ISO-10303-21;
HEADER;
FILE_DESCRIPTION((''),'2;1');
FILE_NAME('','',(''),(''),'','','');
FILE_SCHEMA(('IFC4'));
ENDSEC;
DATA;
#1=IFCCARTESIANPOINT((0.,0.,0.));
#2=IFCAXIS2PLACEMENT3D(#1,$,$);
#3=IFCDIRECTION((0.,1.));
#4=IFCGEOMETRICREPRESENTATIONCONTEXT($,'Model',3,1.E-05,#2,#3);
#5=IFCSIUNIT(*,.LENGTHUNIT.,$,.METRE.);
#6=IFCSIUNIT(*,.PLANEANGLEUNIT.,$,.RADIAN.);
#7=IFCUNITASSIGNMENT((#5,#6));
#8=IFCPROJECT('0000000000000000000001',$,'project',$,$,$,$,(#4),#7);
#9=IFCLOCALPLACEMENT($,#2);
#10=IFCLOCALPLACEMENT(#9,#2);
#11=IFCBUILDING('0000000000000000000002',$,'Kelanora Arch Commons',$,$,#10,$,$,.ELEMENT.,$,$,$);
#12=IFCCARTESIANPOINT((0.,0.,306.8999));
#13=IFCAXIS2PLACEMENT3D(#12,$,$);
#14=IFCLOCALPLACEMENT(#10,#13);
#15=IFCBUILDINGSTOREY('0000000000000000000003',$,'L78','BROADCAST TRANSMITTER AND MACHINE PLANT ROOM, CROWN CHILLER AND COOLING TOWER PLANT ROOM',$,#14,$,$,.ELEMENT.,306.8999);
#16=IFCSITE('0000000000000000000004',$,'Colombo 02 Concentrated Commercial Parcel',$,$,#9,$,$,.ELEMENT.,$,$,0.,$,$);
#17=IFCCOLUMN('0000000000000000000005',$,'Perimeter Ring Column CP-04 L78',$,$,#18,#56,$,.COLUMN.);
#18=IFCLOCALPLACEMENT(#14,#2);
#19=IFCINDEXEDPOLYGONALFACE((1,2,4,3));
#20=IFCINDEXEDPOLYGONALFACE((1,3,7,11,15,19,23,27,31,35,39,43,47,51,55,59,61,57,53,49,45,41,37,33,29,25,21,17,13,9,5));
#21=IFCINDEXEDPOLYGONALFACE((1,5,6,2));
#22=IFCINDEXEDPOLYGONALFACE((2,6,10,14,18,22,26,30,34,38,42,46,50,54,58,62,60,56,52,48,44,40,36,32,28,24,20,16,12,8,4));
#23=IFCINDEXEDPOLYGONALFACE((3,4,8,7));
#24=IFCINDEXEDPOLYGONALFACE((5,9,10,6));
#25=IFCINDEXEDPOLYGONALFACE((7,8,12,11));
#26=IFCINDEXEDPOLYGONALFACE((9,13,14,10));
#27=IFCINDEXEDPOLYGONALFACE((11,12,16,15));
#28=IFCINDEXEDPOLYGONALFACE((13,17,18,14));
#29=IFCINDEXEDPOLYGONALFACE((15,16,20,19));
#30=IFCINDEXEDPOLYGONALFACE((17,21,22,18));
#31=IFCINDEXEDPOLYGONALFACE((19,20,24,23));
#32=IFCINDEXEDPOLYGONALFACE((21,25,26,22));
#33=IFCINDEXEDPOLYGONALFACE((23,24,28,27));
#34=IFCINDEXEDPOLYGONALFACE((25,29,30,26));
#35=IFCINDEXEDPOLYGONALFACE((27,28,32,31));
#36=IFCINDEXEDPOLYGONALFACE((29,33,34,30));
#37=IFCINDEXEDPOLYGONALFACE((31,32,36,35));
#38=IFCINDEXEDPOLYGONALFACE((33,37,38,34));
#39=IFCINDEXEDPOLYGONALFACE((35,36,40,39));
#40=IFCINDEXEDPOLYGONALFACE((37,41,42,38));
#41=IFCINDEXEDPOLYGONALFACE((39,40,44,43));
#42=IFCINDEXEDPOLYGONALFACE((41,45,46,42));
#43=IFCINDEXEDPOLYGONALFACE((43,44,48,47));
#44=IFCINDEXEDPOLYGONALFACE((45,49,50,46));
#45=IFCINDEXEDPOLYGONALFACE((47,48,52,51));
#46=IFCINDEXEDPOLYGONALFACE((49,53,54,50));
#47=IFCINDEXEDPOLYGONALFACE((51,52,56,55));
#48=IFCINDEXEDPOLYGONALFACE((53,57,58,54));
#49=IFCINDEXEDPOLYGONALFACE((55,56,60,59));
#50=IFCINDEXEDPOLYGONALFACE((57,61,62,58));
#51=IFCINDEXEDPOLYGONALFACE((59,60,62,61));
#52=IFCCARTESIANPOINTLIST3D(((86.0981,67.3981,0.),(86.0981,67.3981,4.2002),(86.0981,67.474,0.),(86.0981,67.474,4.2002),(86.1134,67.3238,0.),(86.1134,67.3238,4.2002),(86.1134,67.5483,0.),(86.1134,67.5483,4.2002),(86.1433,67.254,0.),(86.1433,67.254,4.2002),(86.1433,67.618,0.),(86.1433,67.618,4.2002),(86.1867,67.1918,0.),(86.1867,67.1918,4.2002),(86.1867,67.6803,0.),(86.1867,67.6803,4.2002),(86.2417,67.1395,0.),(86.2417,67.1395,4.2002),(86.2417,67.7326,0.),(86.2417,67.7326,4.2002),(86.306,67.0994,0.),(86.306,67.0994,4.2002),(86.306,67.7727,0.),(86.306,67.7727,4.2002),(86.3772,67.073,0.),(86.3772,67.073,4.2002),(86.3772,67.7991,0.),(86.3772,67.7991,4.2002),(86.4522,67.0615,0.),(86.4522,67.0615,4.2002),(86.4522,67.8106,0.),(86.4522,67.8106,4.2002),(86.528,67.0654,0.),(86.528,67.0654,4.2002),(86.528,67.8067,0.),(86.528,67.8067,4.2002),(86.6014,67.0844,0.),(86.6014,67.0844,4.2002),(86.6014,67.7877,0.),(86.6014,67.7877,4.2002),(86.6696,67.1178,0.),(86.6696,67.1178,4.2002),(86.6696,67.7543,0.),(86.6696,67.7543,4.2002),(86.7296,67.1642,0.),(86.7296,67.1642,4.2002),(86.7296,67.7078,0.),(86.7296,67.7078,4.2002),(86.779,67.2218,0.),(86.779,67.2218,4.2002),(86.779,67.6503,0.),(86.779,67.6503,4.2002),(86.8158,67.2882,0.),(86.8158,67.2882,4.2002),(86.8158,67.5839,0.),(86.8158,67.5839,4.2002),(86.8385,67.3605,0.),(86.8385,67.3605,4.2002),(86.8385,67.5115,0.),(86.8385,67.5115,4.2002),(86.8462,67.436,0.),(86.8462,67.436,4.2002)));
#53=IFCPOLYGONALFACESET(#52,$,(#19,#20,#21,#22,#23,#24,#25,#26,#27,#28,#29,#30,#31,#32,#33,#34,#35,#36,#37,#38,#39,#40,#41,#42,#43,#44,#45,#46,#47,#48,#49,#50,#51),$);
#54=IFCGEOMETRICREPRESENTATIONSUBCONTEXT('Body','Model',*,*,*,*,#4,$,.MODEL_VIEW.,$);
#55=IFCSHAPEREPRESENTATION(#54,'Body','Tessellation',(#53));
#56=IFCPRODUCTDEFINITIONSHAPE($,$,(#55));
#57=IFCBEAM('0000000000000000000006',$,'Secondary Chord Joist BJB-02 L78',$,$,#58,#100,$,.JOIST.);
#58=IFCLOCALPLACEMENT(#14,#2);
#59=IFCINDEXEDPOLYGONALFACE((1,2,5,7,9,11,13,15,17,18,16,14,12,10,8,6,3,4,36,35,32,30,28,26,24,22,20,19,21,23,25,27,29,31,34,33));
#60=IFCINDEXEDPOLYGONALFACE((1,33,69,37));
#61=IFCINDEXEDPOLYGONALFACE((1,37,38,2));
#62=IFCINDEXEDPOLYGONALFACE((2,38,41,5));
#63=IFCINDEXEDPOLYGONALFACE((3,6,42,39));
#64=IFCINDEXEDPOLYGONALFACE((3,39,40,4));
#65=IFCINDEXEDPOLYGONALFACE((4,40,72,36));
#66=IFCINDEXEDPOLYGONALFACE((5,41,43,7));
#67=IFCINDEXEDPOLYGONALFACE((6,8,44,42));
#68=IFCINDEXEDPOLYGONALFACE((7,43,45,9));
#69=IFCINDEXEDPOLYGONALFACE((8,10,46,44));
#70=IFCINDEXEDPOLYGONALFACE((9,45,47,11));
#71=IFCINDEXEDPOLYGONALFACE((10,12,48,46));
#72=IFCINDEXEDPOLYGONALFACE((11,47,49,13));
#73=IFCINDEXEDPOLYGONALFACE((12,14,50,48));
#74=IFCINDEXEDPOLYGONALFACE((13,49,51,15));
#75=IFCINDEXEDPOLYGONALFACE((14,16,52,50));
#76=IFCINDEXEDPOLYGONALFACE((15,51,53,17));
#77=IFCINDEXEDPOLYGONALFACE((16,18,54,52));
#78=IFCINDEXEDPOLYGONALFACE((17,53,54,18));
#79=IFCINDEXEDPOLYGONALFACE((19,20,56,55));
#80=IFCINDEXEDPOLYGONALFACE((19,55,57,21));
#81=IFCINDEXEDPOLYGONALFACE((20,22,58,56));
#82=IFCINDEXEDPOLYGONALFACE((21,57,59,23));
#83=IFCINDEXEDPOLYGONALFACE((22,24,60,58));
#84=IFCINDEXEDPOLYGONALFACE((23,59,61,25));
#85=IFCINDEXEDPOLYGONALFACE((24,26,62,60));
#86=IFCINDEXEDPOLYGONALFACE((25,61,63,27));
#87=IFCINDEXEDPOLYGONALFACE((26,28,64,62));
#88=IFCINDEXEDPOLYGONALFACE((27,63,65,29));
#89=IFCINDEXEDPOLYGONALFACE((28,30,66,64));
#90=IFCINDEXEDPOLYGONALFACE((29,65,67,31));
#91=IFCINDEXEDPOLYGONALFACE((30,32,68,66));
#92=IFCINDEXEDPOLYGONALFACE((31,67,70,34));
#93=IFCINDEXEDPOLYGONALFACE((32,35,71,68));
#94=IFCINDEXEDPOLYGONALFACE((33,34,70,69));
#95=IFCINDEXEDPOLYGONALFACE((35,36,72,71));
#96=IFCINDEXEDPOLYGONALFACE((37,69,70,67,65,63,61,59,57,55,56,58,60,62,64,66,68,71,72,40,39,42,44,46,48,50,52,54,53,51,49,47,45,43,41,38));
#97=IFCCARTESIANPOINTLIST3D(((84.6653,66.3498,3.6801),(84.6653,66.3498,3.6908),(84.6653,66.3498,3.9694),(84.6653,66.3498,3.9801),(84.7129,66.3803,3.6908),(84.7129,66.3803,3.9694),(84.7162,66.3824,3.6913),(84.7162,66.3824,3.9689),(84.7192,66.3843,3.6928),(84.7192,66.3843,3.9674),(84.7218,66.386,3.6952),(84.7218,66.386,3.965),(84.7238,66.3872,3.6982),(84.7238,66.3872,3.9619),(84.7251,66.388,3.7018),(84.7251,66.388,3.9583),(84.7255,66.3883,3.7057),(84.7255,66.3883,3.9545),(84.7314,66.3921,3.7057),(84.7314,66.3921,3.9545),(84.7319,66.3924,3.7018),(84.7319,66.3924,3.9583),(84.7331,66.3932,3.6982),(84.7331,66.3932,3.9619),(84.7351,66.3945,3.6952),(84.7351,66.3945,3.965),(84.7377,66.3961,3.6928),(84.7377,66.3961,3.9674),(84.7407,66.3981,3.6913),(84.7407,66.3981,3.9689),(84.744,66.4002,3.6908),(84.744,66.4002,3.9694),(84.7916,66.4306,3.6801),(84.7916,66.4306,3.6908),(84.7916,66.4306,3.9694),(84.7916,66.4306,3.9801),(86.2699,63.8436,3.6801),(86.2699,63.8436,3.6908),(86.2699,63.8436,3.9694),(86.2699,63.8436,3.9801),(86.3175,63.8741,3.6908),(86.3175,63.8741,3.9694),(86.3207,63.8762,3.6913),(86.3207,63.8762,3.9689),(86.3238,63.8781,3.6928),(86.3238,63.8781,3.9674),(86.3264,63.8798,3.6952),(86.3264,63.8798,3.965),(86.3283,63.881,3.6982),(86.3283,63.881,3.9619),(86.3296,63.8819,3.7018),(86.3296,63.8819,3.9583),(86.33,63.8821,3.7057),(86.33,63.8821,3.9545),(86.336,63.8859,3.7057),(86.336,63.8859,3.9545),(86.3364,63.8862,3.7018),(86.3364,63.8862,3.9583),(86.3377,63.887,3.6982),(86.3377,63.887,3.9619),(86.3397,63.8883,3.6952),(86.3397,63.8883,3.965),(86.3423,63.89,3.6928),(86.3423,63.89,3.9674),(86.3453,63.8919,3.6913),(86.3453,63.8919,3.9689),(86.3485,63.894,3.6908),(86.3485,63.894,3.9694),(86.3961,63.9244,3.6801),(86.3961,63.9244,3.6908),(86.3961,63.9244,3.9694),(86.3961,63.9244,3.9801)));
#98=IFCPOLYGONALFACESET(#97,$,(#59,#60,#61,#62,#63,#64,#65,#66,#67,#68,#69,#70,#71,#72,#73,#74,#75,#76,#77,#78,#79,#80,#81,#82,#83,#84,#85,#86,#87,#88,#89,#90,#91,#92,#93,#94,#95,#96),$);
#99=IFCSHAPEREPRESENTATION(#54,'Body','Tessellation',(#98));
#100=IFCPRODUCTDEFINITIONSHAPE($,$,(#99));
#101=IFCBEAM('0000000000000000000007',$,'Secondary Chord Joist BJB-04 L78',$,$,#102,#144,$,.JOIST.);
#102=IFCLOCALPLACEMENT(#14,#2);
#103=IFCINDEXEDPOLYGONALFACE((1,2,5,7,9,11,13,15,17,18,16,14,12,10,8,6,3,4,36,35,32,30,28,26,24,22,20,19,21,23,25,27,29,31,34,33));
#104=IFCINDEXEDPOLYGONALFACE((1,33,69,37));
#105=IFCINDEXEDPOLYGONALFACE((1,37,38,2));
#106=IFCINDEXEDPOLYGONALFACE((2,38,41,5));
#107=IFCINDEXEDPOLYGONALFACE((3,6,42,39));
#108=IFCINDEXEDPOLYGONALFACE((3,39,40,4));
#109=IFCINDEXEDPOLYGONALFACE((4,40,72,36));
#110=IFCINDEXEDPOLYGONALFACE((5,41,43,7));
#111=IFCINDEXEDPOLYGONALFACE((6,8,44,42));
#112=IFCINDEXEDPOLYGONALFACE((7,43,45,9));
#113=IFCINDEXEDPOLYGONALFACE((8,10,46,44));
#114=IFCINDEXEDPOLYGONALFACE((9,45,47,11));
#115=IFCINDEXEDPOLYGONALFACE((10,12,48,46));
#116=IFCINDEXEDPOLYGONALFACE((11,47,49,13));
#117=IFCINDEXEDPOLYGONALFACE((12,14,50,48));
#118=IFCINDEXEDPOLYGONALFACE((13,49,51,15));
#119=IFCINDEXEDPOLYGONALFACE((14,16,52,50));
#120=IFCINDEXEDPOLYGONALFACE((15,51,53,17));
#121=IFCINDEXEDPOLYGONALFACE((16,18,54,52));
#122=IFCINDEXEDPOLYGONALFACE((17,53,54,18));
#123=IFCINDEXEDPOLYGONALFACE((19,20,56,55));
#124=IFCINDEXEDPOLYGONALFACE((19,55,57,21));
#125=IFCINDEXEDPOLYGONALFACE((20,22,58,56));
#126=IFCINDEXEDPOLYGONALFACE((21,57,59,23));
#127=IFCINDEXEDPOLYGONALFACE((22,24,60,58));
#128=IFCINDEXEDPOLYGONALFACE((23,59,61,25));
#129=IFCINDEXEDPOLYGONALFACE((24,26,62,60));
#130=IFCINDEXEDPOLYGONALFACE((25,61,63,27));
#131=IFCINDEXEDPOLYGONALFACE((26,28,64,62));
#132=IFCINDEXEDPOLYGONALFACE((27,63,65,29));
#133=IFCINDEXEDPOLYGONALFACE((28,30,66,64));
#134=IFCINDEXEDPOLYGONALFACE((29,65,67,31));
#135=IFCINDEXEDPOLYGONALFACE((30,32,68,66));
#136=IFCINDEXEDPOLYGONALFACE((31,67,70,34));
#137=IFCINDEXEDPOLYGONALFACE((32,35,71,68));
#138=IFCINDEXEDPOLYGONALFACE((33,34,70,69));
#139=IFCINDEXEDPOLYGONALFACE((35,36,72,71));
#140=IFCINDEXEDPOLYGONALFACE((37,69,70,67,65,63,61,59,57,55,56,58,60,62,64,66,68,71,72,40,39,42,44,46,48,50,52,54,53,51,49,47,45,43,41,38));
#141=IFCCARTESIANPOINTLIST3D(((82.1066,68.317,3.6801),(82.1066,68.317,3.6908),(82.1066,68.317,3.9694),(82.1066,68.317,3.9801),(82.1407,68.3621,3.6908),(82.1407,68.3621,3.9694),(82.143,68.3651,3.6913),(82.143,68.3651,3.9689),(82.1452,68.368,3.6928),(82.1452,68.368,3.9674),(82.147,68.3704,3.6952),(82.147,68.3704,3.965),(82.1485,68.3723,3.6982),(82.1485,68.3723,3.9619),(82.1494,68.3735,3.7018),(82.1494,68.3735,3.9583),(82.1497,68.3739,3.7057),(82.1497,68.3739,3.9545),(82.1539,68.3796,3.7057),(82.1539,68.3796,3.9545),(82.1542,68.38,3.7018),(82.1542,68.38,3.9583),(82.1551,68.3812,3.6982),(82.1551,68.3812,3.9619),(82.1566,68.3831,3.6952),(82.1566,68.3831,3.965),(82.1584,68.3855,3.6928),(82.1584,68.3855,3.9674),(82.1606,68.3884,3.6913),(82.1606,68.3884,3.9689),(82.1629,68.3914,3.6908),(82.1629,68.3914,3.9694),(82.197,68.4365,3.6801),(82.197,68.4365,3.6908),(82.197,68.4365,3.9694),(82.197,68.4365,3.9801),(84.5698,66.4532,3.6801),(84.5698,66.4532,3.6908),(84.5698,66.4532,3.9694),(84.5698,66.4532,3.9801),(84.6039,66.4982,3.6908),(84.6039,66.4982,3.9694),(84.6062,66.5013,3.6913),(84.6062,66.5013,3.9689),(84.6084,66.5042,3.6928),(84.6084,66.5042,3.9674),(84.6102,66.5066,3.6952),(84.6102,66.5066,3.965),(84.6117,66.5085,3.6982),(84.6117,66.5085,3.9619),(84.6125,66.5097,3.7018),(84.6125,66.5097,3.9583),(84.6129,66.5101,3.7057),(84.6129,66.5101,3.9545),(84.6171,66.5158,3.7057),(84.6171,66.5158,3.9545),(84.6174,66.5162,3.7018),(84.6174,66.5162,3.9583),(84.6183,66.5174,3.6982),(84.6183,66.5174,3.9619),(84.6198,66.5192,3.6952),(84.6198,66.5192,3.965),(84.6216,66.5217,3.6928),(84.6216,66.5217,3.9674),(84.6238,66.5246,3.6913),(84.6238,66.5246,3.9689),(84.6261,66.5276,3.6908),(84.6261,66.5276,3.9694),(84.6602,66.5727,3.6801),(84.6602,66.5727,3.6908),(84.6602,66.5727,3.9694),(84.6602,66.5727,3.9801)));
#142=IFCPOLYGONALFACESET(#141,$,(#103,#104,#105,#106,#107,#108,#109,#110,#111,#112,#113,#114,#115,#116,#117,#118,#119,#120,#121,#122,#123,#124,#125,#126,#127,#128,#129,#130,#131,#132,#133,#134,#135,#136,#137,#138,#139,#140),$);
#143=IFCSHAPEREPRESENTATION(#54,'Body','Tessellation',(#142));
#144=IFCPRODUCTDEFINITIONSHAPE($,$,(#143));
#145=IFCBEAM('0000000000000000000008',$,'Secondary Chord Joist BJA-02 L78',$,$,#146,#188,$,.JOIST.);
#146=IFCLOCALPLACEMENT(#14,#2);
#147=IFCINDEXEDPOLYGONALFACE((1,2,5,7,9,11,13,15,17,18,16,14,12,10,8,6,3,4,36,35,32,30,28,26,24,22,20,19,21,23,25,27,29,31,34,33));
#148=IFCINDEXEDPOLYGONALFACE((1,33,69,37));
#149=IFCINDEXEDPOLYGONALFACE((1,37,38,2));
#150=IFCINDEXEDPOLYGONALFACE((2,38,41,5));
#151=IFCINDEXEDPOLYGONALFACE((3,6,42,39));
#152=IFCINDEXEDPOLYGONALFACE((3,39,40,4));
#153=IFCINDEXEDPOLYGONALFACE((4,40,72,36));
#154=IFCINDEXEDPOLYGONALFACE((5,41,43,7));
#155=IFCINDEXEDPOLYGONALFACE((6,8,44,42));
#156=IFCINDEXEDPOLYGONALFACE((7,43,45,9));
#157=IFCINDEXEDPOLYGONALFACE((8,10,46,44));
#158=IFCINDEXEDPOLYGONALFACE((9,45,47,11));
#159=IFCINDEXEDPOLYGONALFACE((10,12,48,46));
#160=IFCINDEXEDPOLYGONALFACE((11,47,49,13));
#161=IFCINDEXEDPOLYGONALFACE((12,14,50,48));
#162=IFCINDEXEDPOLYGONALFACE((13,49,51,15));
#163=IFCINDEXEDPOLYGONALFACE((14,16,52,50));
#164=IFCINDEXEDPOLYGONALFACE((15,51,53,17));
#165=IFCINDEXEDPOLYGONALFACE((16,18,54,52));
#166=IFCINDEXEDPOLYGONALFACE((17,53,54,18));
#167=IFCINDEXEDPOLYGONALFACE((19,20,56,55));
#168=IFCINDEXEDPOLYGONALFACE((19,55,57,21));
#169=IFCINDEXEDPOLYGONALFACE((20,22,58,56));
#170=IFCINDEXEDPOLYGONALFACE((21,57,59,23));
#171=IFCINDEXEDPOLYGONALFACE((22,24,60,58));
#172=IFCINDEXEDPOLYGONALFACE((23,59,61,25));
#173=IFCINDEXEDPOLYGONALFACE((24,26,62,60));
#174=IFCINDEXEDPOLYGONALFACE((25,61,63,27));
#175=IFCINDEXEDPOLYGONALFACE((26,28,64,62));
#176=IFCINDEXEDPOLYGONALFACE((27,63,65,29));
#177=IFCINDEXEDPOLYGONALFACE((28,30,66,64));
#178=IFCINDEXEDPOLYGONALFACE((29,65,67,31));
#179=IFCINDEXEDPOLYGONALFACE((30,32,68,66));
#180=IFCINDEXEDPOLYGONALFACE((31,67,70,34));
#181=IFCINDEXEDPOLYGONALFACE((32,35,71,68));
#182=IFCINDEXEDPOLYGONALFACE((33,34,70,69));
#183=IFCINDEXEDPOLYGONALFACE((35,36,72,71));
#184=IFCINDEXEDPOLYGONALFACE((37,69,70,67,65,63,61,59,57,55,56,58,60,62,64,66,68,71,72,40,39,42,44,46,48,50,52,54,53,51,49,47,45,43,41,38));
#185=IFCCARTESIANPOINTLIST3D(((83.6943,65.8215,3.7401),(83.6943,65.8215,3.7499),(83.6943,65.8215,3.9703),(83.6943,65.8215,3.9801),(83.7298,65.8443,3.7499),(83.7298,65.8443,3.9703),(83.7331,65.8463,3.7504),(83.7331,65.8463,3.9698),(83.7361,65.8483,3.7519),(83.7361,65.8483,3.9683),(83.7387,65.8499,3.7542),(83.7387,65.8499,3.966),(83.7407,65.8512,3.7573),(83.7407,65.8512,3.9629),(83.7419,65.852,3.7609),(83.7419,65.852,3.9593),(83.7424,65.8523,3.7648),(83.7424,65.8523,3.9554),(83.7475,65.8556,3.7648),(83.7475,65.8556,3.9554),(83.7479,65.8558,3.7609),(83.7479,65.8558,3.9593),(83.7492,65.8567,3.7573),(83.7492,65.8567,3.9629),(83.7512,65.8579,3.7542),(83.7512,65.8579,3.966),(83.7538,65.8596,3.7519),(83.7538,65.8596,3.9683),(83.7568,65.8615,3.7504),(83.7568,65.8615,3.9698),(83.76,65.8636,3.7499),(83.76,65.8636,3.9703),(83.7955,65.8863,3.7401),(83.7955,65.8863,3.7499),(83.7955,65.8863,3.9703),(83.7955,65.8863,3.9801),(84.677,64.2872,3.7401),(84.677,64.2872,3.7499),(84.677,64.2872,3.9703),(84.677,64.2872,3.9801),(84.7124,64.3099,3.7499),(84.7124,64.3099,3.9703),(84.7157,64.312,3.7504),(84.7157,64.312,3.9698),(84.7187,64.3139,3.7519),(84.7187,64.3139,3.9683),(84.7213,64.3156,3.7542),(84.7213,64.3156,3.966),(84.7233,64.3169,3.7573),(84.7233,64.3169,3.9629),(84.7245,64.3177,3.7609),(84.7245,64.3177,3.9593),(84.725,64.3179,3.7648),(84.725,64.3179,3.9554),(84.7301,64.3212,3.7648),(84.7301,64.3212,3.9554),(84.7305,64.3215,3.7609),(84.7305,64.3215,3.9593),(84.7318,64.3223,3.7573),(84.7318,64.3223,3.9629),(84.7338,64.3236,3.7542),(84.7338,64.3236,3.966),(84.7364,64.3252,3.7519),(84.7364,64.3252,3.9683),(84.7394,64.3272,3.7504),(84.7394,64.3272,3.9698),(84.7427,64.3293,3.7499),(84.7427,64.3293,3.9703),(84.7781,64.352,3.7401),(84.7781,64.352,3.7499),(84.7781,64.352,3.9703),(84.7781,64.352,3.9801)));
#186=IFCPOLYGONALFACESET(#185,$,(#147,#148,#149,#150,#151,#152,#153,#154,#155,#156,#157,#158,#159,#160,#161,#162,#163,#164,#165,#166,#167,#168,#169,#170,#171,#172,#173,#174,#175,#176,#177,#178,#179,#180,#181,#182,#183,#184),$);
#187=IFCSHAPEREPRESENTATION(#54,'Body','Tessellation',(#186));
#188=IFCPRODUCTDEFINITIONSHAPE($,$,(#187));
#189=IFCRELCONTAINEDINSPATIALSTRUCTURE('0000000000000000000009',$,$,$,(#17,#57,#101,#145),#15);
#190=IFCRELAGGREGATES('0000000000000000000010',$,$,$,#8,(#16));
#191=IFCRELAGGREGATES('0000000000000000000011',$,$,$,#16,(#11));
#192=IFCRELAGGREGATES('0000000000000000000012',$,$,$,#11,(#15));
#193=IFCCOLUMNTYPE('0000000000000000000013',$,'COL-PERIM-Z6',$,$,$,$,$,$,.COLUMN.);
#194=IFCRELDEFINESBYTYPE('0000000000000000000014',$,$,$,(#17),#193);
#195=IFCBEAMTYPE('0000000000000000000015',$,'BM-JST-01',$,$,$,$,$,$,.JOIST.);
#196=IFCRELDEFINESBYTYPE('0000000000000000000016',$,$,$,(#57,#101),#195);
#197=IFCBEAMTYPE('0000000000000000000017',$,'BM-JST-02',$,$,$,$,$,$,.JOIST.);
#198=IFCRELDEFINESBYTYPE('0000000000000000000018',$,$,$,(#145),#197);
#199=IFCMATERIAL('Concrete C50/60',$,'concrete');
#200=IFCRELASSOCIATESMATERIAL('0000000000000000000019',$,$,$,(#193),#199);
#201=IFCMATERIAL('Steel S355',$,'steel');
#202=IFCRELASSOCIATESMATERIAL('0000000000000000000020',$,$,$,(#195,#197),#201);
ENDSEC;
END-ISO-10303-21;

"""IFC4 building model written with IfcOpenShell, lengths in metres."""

from ifc_helpers import new_model, si_unit, direction, frame, origin, origin_2d, place, context, subcontext, project, spatial, circle, i_section, extrude, material, material_profile, profile_set, type_object, element, save


model = new_model("IFC4")

# Units and contexts
model_context = context("Model", 3, precision=1e-05, world=origin(), true_north=direction((0.0, 1.0)))
body_context = subcontext(model_context, "Body", "Model", "MODEL_VIEW")
ifc_project = project(units=[si_unit("LENGTHUNIT", "METRE"), si_unit("PLANEANGLEUNIT", "RADIAN")], contexts=[model_context])

# Site, building, storey
site_placement = place(None, origin())
site = spatial("IfcSite", under=ifc_project, at=site_placement, Name="Colombo 02 Concentrated Commercial Parcel", CompositionType="ELEMENT", RefElevation=0.0)
building_placement = place(site_placement, origin())
building = spatial("IfcBuilding", under=site, at=building_placement, Name="Kelanora Arch Commons", CompositionType="ELEMENT")
storey_placement = place(building_placement, frame((0.0, 0.0, 306.8999)))
storey = spatial("IfcBuildingStorey", under=building, at=storey_placement, Name="L78", Description="BROADCAST TRANSMITTER AND MACHINE PLANT ROOM, CROWN CHILLER AND COOLING TOWER PLANT ROOM", CompositionType="ELEMENT", Elevation=306.8999)

# Column
ifc_material_1 = material(Name="Concrete C50/60", Category="concrete")
ifc_material_profile_1 = material_profile(ifc_material_1, circle(Radius=0.375, at=origin_2d()), Name="RCC750")
ifc_profile_set_1 = profile_set([ifc_material_profile_1], Name="Concrete C50/60")
column_type = type_object("IfcColumnType", Name="COL-PERIM-Z6", PredefinedType="COLUMN", material=ifc_profile_set_1)
column_placement = place(storey_placement, frame((86.4712, 67.436, 0.0), z_axis=(0.0, 0.0, 1.0), x_axis=(1.0, 0.0, 0.0)))
element("IfcColumn", 1, at=column_placement, inside=storey, type_object=column_type, Name="Perimeter Ring Column CP-04 L78", PredefinedType="COLUMN", context=body_context, shape_type="SweptSolid", body=[
    extrude(circle(Radius=0.375, at=origin_2d()), origin(), (0.0, 0.0, 1.0), 4.2002),
])

# Beams
ifc_material_2 = material(Name="Steel S355", Category="steel")
ifc_material_profile_2 = material_profile(ifc_material_2, i_section(OverallWidth=0.1499, OverallDepth=0.3, WebThickness=0.0071, FlangeThickness=0.0107, FilletRadius=0.0149, at=origin_2d()), Name="IPE300")
ifc_profile_set_2 = profile_set([ifc_material_profile_2], Name="Steel S355")
beam_type_1 = type_object("IfcBeamType", Name="BM-JST-01", PredefinedType="JOIST", material=ifc_profile_set_2)
beam_1_placement = place(storey_placement, frame((86.333, 63.884, 3.8301), z_axis=(-0.539193, 0.842182, 0.0), x_axis=(-0.842182, -0.539193, 0.0)))
element("IfcBeam", 2, at=beam_1_placement, inside=storey, type_object=beam_type_1, Name="Secondary Chord Joist BJB-02 L78", PredefinedType="JOIST", context=body_context, shape_type="SweptSolid", body=[
    extrude(i_section(OverallWidth=0.1499, OverallDepth=0.3, WebThickness=0.0071, FlangeThickness=0.0107, FilletRadius=0.0149, at=origin_2d()), origin(), (0.0, 0.0, 1.0), 2.9758),
])
beam_2_placement = place(storey_placement, frame((84.615, 66.5129, 3.8301), z_axis=(-0.797441, 0.603396, 0.0), x_axis=(-0.603396, -0.797441, 0.0)))
element("IfcBeam", 3, at=beam_2_placement, inside=storey, type_object=beam_type_1, Name="Secondary Chord Joist BJB-04 L78", PredefinedType="JOIST", context=body_context, shape_type="SweptSolid", body=[
    extrude(i_section(OverallWidth=0.1499, OverallDepth=0.3, WebThickness=0.0071, FlangeThickness=0.0107, FilletRadius=0.0149, at=origin_2d()), origin(), (0.0, 0.0, 1.0), 3.0889),
])
ifc_material_profile_3 = material_profile(ifc_material_2, i_section(OverallWidth=0.1201, OverallDepth=0.24, WebThickness=0.0061, FlangeThickness=0.0098, FilletRadius=0.0149, at=origin_2d()), Name="IPE240")
ifc_profile_set_3 = profile_set([ifc_material_profile_3], Name="Steel S355")
beam_type_2 = type_object("IfcBeamType", Name="BM-JST-02", PredefinedType="JOIST", material=ifc_profile_set_3)
beam_3_placement = place(storey_placement, frame((84.7275, 64.3196, 3.8601), z_axis=(-0.539301, 0.842113, 0.0), x_axis=(-0.842113, -0.539301, 0.0)))
element("IfcBeam", 4, at=beam_3_placement, inside=storey, type_object=beam_type_2, Name="Secondary Chord Joist BJA-02 L78", PredefinedType="JOIST", context=body_context, shape_type="SweptSolid", body=[
    extrude(i_section(OverallWidth=0.1201, OverallDepth=0.24, WebThickness=0.0061, FlangeThickness=0.0098, FilletRadius=0.0149, at=origin_2d()), origin(), (0.0, 0.0, 1.0), 1.822),
])

save(model, "model.ifc")
